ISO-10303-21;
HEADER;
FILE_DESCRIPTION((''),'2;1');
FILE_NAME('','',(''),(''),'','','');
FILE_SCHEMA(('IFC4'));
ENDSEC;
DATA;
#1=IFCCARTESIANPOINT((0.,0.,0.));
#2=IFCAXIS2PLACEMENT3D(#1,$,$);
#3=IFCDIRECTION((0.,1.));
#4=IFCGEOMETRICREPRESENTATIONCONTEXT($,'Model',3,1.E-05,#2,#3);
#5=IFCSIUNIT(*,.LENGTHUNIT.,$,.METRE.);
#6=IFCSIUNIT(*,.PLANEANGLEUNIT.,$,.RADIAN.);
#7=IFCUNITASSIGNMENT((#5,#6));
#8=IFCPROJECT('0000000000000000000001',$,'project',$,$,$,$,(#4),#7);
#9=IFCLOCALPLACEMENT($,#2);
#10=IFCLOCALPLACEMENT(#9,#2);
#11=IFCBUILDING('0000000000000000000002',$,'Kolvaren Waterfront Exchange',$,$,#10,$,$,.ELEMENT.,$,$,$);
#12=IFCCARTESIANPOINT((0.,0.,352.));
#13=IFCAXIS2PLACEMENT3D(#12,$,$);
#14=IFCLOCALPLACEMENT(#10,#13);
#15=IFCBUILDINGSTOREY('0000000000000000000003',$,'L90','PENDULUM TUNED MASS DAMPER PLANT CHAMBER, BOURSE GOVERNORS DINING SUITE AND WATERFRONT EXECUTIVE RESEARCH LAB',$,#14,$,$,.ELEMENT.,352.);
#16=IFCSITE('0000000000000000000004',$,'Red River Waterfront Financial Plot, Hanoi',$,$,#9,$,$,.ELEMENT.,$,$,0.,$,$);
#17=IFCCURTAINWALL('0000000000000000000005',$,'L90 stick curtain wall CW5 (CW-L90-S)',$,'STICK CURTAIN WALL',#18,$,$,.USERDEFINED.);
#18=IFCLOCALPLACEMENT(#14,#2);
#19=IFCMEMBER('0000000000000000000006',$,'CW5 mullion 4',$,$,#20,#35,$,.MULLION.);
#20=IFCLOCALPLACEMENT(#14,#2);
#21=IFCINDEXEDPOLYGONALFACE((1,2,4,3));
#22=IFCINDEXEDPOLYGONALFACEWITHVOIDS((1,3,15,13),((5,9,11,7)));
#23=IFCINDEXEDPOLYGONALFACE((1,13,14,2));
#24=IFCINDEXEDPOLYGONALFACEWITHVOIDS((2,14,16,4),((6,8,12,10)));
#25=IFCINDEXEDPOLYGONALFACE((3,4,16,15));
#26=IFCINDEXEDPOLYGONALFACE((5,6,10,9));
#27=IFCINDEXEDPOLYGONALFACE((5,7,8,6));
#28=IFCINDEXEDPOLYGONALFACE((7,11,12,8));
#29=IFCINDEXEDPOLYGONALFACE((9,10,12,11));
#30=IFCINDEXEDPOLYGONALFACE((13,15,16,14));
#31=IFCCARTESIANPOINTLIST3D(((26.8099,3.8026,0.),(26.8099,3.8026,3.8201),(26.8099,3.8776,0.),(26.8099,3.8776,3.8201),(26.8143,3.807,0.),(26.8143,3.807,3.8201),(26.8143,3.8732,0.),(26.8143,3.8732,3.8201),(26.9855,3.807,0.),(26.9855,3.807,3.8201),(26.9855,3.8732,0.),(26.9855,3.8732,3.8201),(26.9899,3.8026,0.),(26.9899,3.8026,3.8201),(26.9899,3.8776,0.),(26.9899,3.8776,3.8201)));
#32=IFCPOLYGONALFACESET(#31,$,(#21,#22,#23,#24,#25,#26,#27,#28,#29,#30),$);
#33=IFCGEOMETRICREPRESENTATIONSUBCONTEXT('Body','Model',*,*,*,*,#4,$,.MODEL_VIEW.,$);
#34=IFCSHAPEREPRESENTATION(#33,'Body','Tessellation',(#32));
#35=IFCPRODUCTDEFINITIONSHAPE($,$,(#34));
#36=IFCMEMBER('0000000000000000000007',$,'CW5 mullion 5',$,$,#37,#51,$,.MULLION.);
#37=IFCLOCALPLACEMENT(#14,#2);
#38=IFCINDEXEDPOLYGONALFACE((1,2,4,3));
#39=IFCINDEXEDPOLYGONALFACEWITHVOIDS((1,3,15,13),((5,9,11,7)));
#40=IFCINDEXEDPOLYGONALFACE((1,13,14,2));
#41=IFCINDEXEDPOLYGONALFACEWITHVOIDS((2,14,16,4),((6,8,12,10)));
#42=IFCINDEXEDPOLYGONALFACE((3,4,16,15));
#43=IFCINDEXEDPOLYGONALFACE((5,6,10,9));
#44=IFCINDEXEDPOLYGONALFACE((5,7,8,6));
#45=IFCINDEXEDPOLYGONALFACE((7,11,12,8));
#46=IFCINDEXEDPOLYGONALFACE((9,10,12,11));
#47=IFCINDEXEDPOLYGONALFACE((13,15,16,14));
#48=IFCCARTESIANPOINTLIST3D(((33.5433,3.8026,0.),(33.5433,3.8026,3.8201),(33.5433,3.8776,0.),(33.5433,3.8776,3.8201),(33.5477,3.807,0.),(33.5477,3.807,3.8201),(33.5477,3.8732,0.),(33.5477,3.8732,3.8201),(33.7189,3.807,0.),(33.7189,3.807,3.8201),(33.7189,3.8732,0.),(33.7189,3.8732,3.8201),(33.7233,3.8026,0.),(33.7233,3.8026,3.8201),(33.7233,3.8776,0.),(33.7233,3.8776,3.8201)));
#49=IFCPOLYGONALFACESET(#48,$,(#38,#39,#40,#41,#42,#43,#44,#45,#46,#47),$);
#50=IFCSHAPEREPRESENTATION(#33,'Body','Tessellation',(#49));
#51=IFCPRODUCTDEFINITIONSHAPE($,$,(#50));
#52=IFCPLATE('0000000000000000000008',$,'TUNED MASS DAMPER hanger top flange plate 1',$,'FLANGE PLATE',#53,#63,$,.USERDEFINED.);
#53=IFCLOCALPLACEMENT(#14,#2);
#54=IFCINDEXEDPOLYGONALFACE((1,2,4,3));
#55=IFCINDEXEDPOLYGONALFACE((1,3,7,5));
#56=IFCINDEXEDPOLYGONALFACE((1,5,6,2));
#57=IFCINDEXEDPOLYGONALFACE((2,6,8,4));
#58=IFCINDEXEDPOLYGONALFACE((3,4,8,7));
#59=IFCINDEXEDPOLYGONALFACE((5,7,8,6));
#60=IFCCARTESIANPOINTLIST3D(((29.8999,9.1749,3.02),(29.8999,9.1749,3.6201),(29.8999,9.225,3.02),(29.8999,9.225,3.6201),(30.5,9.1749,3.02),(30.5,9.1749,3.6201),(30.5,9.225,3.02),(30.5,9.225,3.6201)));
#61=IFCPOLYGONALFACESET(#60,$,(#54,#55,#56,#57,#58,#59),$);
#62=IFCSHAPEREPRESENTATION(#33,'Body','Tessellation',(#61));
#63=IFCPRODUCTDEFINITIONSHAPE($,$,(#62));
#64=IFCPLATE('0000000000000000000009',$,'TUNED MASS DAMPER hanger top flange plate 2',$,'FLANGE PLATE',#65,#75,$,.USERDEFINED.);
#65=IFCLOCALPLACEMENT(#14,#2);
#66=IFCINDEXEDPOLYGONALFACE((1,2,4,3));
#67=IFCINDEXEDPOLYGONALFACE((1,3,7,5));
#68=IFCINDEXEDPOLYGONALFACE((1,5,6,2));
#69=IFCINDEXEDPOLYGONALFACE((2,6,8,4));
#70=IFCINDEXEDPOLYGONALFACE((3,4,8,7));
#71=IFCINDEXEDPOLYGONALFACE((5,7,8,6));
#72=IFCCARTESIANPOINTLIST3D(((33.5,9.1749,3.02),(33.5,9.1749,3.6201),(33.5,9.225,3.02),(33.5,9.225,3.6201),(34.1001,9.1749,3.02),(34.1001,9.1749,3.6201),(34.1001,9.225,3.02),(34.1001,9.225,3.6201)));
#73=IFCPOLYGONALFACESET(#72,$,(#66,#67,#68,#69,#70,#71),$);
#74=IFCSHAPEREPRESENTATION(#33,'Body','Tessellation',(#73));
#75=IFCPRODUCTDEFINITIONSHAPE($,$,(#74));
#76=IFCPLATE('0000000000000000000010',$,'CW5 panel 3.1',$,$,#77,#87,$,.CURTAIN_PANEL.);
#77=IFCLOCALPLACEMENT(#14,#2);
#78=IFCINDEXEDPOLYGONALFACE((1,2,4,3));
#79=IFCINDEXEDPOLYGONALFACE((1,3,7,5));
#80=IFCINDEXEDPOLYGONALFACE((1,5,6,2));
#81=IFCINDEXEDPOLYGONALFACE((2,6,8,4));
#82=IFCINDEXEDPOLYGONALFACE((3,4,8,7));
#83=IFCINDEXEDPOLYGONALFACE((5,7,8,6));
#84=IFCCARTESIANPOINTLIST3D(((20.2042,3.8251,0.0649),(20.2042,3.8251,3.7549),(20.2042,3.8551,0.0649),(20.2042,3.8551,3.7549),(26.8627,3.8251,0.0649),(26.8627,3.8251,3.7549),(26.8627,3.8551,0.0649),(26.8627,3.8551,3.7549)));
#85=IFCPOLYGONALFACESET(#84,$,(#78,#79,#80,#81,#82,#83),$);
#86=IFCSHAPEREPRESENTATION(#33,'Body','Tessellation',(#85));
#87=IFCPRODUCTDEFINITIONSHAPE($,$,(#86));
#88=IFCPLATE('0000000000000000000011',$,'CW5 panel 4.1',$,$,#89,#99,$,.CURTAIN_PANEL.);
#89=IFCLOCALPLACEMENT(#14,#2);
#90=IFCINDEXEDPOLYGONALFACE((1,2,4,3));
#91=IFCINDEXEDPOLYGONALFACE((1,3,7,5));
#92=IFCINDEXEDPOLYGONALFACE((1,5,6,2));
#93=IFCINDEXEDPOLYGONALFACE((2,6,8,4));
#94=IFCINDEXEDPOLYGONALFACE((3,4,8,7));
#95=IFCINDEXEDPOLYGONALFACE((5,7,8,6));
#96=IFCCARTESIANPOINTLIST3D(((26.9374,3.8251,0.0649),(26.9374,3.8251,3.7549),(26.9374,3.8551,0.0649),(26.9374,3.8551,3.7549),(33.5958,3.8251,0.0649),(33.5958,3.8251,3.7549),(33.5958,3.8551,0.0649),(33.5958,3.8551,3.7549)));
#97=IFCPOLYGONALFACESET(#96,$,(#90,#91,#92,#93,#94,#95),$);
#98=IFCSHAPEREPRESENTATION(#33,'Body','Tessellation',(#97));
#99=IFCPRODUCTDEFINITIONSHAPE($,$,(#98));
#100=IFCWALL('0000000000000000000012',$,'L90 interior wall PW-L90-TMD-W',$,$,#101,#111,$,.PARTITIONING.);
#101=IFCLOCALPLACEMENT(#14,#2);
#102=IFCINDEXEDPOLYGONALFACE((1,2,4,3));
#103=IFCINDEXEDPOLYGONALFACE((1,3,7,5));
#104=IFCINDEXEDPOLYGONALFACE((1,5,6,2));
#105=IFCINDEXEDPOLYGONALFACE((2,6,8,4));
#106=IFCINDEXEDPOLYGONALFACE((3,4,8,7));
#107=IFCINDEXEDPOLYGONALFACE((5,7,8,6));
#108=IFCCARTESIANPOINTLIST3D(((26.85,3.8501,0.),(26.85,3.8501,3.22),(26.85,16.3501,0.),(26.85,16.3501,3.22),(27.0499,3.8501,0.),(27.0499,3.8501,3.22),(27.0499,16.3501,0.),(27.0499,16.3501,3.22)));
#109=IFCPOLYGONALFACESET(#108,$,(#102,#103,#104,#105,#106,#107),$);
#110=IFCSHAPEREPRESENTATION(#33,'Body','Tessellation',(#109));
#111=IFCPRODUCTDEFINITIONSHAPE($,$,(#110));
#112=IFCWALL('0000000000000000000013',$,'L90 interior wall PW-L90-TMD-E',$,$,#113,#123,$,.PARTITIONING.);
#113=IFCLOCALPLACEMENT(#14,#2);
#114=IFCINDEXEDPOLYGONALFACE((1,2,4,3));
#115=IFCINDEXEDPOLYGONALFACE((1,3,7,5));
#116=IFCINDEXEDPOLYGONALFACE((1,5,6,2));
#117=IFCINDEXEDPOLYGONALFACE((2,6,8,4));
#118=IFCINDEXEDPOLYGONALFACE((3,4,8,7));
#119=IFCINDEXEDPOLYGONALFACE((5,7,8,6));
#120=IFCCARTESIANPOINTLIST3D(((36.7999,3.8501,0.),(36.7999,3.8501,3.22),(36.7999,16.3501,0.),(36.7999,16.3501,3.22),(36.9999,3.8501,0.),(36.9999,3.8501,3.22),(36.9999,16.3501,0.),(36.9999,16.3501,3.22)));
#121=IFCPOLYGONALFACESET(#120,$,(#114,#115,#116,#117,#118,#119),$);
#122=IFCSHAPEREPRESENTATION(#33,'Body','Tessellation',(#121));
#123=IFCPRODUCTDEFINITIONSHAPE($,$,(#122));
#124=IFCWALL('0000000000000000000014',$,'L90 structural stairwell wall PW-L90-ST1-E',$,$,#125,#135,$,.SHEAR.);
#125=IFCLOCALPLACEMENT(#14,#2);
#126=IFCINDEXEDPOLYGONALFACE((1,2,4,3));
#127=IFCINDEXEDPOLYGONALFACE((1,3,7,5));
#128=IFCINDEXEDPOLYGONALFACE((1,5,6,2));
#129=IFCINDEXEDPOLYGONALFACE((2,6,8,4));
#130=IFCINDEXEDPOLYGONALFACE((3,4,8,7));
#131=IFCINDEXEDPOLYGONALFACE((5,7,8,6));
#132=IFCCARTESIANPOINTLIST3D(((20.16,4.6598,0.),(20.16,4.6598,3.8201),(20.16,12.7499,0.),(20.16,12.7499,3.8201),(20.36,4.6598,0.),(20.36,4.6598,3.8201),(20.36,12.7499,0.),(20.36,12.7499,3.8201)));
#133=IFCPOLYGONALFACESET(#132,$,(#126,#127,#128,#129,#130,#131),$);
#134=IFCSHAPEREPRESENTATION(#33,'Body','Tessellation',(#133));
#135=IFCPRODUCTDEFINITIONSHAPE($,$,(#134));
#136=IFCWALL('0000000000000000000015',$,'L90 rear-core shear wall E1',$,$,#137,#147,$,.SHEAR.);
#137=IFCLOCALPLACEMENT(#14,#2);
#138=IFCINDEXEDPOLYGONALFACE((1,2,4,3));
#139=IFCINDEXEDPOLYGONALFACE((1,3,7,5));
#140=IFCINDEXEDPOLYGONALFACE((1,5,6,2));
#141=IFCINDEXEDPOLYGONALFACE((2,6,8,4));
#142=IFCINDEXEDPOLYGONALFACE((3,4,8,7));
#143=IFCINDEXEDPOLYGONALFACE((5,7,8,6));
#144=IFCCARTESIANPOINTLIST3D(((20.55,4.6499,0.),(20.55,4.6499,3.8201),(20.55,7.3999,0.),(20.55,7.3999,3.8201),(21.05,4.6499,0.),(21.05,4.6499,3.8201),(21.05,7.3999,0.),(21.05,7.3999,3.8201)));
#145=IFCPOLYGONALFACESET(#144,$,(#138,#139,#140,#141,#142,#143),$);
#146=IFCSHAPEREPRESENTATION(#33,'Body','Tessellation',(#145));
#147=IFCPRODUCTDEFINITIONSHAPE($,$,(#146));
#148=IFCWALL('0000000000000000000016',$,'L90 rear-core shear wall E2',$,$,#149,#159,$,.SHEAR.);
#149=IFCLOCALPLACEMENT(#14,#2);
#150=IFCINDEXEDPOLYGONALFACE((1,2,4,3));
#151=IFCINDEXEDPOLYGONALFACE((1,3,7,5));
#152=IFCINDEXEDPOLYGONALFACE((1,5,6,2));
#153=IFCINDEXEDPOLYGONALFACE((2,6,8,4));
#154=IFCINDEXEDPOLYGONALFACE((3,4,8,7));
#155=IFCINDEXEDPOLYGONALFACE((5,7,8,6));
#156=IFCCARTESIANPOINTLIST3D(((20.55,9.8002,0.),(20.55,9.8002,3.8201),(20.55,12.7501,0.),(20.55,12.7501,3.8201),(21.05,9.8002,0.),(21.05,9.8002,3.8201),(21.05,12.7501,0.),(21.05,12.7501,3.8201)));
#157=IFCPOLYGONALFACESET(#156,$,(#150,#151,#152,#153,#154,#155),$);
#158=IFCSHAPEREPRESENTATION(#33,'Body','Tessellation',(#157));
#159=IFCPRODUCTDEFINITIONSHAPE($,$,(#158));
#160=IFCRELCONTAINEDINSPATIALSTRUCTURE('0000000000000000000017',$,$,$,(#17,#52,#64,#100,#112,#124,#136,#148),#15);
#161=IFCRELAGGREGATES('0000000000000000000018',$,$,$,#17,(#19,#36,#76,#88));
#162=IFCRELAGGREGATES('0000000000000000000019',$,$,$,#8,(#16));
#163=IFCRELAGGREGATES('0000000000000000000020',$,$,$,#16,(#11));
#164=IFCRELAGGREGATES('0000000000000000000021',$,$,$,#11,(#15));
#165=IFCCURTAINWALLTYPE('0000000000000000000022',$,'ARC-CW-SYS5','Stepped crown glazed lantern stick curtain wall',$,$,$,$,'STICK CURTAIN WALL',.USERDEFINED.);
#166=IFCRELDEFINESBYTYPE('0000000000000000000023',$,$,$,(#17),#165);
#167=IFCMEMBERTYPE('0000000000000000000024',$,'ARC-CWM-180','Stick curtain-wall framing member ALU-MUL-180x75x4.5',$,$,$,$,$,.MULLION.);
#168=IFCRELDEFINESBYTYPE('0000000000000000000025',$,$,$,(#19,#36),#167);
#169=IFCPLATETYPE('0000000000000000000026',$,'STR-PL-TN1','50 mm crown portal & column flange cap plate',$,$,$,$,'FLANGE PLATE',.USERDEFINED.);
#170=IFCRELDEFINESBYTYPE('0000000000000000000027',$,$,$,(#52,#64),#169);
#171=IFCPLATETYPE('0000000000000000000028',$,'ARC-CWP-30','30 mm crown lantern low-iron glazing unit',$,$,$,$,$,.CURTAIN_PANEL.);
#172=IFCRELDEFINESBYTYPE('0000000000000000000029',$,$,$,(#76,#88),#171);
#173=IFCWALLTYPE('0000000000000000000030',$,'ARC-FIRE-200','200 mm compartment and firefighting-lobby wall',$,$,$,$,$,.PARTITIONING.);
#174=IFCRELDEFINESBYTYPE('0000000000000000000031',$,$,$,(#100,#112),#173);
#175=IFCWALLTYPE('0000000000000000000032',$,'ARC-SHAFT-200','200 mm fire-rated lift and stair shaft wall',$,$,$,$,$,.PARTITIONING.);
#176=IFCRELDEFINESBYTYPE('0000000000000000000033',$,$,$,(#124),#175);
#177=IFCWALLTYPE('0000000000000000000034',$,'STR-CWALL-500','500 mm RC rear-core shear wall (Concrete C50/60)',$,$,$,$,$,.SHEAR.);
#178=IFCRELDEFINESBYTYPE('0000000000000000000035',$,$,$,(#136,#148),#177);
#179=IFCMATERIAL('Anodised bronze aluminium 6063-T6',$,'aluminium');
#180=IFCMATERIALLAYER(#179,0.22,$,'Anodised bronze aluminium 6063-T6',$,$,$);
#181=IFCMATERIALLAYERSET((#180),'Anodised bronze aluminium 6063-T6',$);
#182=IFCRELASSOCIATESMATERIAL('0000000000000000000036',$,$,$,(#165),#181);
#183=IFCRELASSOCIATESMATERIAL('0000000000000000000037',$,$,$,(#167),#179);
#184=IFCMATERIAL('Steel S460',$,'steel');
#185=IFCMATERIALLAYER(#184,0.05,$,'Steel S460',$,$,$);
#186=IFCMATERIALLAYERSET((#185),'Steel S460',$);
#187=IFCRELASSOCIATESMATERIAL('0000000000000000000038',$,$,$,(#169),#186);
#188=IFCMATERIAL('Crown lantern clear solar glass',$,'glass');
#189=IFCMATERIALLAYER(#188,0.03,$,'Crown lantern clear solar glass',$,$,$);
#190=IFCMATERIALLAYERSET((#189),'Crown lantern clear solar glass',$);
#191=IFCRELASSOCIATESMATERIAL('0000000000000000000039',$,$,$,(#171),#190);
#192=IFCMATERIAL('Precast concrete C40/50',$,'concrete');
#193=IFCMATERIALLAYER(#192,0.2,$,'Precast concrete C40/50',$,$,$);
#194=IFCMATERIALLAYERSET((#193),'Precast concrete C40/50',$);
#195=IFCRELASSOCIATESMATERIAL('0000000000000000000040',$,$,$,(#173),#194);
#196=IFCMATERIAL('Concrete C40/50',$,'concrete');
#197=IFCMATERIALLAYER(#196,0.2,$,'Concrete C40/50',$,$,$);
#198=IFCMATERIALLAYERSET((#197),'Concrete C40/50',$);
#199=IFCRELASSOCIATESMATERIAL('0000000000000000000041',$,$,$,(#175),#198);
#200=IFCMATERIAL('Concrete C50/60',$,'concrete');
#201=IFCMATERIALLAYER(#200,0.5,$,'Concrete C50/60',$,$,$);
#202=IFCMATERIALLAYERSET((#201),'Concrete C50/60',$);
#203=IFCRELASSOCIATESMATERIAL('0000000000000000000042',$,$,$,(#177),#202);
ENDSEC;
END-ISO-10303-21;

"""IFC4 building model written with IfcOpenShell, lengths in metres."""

from ifc_helpers import new_model, si_unit, direction, frame, frame_2d, origin, origin_with_axes, origin_2d, place, context, subcontext, project, spatial, rectangle, hollow_rectangle, extrude, source, transform, mapped, material, layer, layer_set, material_profile, profile_set, type_object, element, aggregate, save


model = new_model("IFC4")

# Units and contexts
model_context = context("Model", 3, precision=1e-05, world=origin(), true_north=direction((0.0, 1.0)))
body_context = subcontext(model_context, "Body", "Model", "MODEL_VIEW")
ifc_project = project(units=[si_unit("LENGTHUNIT", "METRE"), si_unit("PLANEANGLEUNIT", "RADIAN")], contexts=[model_context])

# Site, building, storey
site_placement = place(None, origin())
site = spatial("IfcSite", under=ifc_project, at=site_placement, Name="Red River Waterfront Financial Plot, Hanoi", CompositionType="ELEMENT", RefElevation=0.0)
building_placement = place(site_placement, origin())
building = spatial("IfcBuilding", under=site, at=building_placement, Name="Kolvaren Waterfront Exchange", CompositionType="ELEMENT")
storey_placement = place(building_placement, frame((0.0, 0.0, 352.0)))
storey = spatial("IfcBuildingStorey", under=building, at=storey_placement, Name="L90", Description="PENDULUM TUNED MASS DAMPER PLANT CHAMBER, BOURSE GOVERNORS DINING SUITE AND WATERFRONT EXECUTIVE RESEARCH LAB", CompositionType="ELEMENT", Elevation=352.0)

# Shared definitions
ifc_material_1 = material(Name="Concrete C50/60", Category="concrete")

# Shared definitions
ifc_material_2 = material(Name="Steel S460", Category="steel")

# Curtain wall, members
ifc_material_3 = material(Name="Anodised bronze aluminium 6063-T6", Category="aluminium")
ifc_layer_1 = layer(ifc_material_3, 0.22, Name="Anodised bronze aluminium 6063-T6")
ifc_layer_set_1 = layer_set([ifc_layer_1], Name="Anodised bronze aluminium 6063-T6")
curtain_wall_type = type_object("IfcCurtainWallType", Name="ARC-CW-SYS5", Description="Stepped crown glazed lantern stick curtain wall", ElementType="STICK CURTAIN WALL", PredefinedType="USERDEFINED", material=ifc_layer_set_1)
curtain_wall_placement = place(storey_placement, origin())
curtain_wall = element("IfcCurtainWall", 1, at=curtain_wall_placement, inside=storey, type_object=curtain_wall_type, Name="L90 stick curtain wall CW5 (CW-L90-S)", ObjectType="STICK CURTAIN WALL", PredefinedType="USERDEFINED")
ifc_material_profile_1 = material_profile(ifc_material_3, hollow_rectangle(XDim=0.075, YDim=0.1799, WallThickness=0.0044, at=origin_2d()), Name="ALU-MUL-180x75x4.5")
ifc_profile_set_1 = profile_set([ifc_material_profile_1], Name="Anodised bronze aluminium 6063-T6")
member_type_1 = type_object("IfcMemberType", Name="ARC-CWM-180", Description="Stick curtain-wall framing member ALU-MUL-180x75x4.5", PredefinedType="MULLION", material=ifc_profile_set_1)
shared_shape_1 = source(origin_with_axes(), body_context, "Body", "SweptSolid", [
    extrude(hollow_rectangle(XDim=0.075, YDim=0.1799, WallThickness=0.0044, at=origin_2d()), origin(), (0.0, 0.0, 1.0), 3.8201),
])
member_1_placement = place(storey_placement, frame((26.8999, 3.8401, 0.0), z_axis=(0.0, 0.0, 1.0), x_axis=(0.0, 1.0, 0.0)))
member_1 = element("IfcMember", 2, at=member_1_placement, type_object=member_type_1, Name="CW5 mullion 4", PredefinedType="MULLION", context=body_context, shape_type="MappedRepresentation", body=[
    mapped(shared_shape_1, transform((0.0, 0.0, 0.0), x_axis=(1.0, 0.0, 0.0), y_axis=(0.0, 1.0, 0.0), z_axis=(0.0, 0.0, 1.0), scale=1.0)),
])
member_2_placement = place(storey_placement, frame((33.6333, 3.8401, 0.0), z_axis=(0.0, 0.0, 1.0), x_axis=(0.0, 1.0, 0.0)))
member_2 = element("IfcMember", 3, at=member_2_placement, type_object=member_type_1, Name="CW5 mullion 5", PredefinedType="MULLION", context=body_context, shape_type="MappedRepresentation", body=[
    mapped(shared_shape_1, transform((0.0, 0.0, 0.0), x_axis=(1.0, 0.0, 0.0), y_axis=(0.0, 1.0, 0.0), z_axis=(0.0, 0.0, 1.0), scale=1.0)),
])

# Plates
ifc_layer_2 = layer(ifc_material_2, 0.05, Name="Steel S460")
ifc_layer_set_2 = layer_set([ifc_layer_2], Name="Steel S460")
plate_type_1 = type_object("IfcPlateType", Name="STR-PL-TN1", Description="50 mm crown portal & column flange cap plate", ElementType="FLANGE PLATE", PredefinedType="USERDEFINED", material=ifc_layer_set_2)
shared_shape_2 = source(origin_with_axes(), body_context, "Body", "SweptSolid", [
    extrude(rectangle(XDim=0.6001, YDim=0.05, at=origin_2d()), origin(), (0.0, 0.0, 1.0), 0.6001),
])
for number, where, z_axis, x_axis, name in (
    (4, (30.2, 9.2, 3.02), (0.0, 0.0, 1.0), (1.0, 0.0, 0.0), "TUNED MASS DAMPER hanger top flange plate 1"),
    (5, (33.8, 9.2, 3.02), (0.0, 0.0, 1.0), (1.0, 0.0, 0.0), "TUNED MASS DAMPER hanger top flange plate 2"),
):
    element("IfcPlate", number, at=place(storey_placement, frame(where, z_axis=z_axis, x_axis=x_axis)), inside=storey, type_object=plate_type_1, Name=name, ObjectType="FLANGE PLATE", PredefinedType="USERDEFINED", context=body_context, shape_type="MappedRepresentation", body=[
        mapped(shared_shape_2, transform((0.0, 0.0, 0.0), x_axis=(1.0, 0.0, 0.0), y_axis=(0.0, 1.0, 0.0), z_axis=(0.0, 0.0, 1.0), scale=1.0)),
    ])

# Plates
ifc_material_4 = material(Name="Crown lantern clear solar glass", Category="glass")
ifc_layer_3 = layer(ifc_material_4, 0.03, Name="Crown lantern clear solar glass")
ifc_layer_set_3 = layer_set([ifc_layer_3], Name="Crown lantern clear solar glass")
plate_type_2 = type_object("IfcPlateType", Name="ARC-CWP-30", Description="30 mm crown lantern low-iron glazing unit", PredefinedType="CURTAIN_PANEL", material=ifc_layer_set_3)
shared_shape_3 = source(origin_with_axes(), body_context, "Body", "SweptSolid", [
    extrude(rectangle(XDim=6.6584, YDim=0.03, at=origin_2d()), origin(), (0.0, 0.0, 1.0), 3.6899),
])
plate_1_placement = place(storey_placement, frame((23.5334, 3.8401, 0.0649), z_axis=(0.0, 0.0, 1.0), x_axis=(1.0, 0.0, 0.0)))
plate_1 = element("IfcPlate", 6, at=plate_1_placement, type_object=plate_type_2, Name="CW5 panel 3.1", PredefinedType="CURTAIN_PANEL", context=body_context, shape_type="MappedRepresentation", body=[
    mapped(shared_shape_3, transform((0.0, 0.0, 0.0), x_axis=(1.0, 0.0, 0.0), y_axis=(0.0, 1.0, 0.0), z_axis=(0.0, 0.0, 1.0), scale=1.0)),
])
plate_2_placement = place(storey_placement, frame((30.2666, 3.8401, 0.0649), z_axis=(0.0, 0.0, 1.0), x_axis=(1.0, 0.0, 0.0)))
plate_2 = element("IfcPlate", 7, at=plate_2_placement, type_object=plate_type_2, Name="CW5 panel 4.1", PredefinedType="CURTAIN_PANEL", context=body_context, shape_type="MappedRepresentation", body=[
    mapped(shared_shape_3, transform((0.0, 0.0, 0.0), x_axis=(1.0, 0.0, 0.0), y_axis=(0.0, 1.0, 0.0), z_axis=(0.0, 0.0, 1.0), scale=1.0)),
])
aggregate(curtain_wall, [member_1, member_2, plate_1, plate_2])

# Walls
ifc_material_5 = material(Name="Precast concrete C40/50", Category="concrete")
ifc_layer_4 = layer(ifc_material_5, 0.2, Name="Precast concrete C40/50")
ifc_layer_set_4 = layer_set([ifc_layer_4], Name="Precast concrete C40/50")
wall_type_1 = type_object("IfcWallType", Name="ARC-FIRE-200", Description="200 mm compartment and firefighting-lobby wall", PredefinedType="PARTITIONING", material=ifc_layer_set_4)
for number, where, z_axis, x_axis, name in (
    (8, (26.95, 3.8501, 0.0), (0.0, 0.0, 1.0), (0.0, 1.0, 0.0), "L90 interior wall PW-L90-TMD-W"),
    (9, (36.8999, 3.8501, 0.0), (0.0, 0.0, 1.0), (0.0, 1.0, 0.0), "L90 interior wall PW-L90-TMD-E"),
):
    element("IfcWall", number, at=place(storey_placement, frame(where, z_axis=z_axis, x_axis=x_axis)), inside=storey, type_object=wall_type_1, Name=name, PredefinedType="PARTITIONING", context=body_context, shape_type="SweptSolid", body=[
        extrude(rectangle(XDim=12.5, YDim=0.2, at=frame_2d((6.25, 0.0))), origin(), (0.0, 0.0, 1.0), 3.22),
    ])
ifc_material_6 = material(Name="Concrete C40/50", Category="concrete")
ifc_layer_5 = layer(ifc_material_6, 0.2, Name="Concrete C40/50")
ifc_layer_set_5 = layer_set([ifc_layer_5], Name="Concrete C40/50")
wall_type_2 = type_object("IfcWallType", Name="ARC-SHAFT-200", Description="200 mm fire-rated lift and stair shaft wall", PredefinedType="PARTITIONING", material=ifc_layer_set_5)
wall_1_placement = place(storey_placement, frame((20.26, 4.6599, 0.0), z_axis=(0.0, 0.0, 1.0), x_axis=(0.0, 1.0, 0.0)))
element("IfcWall", 10, at=wall_1_placement, inside=storey, type_object=wall_type_2, Name="L90 structural stairwell wall PW-L90-ST1-E", PredefinedType="SHEAR", context=body_context, shape_type="SweptSolid", body=[
    extrude(rectangle(XDim=8.0901, YDim=0.2, at=frame_2d((4.0449, 0.0))), origin(), (0.0, 0.0, 1.0), 3.8201),
])
ifc_layer_6 = layer(ifc_material_1, 0.5, Name="Concrete C50/60")
ifc_layer_set_6 = layer_set([ifc_layer_6], Name="Concrete C50/60")
wall_type_3 = type_object("IfcWallType", Name="STR-CWALL-500", Description="500 mm RC rear-core shear wall (Concrete C50/60)", PredefinedType="SHEAR", material=ifc_layer_set_6)
wall_2_placement = place(storey_placement, frame((20.8, 4.6499, 0.0), z_axis=(0.0, 0.0, 1.0), x_axis=(0.0, 1.0, 0.0)))
element("IfcWall", 11, at=wall_2_placement, inside=storey, type_object=wall_type_3, Name="L90 rear-core shear wall E1", PredefinedType="SHEAR", context=body_context, shape_type="SweptSolid", body=[
    extrude(rectangle(XDim=2.75, YDim=0.5, at=frame_2d((1.375, 0.0))), origin(), (0.0, 0.0, 1.0), 3.8201),
])
wall_3_placement = place(storey_placement, frame((20.8, 9.8, 0.0), z_axis=(0.0, 0.0, 1.0), x_axis=(0.0, 1.0, 0.0)))
element("IfcWall", 12, at=wall_3_placement, inside=storey, type_object=wall_type_3, Name="L90 rear-core shear wall E2", PredefinedType="SHEAR", context=body_context, shape_type="SweptSolid", body=[
    extrude(rectangle(XDim=2.95, YDim=0.5, at=frame_2d((1.4751, 0.0))), origin(), (0.0, 0.0, 1.0), 3.8201),
])

save(model, "model.ifc")
